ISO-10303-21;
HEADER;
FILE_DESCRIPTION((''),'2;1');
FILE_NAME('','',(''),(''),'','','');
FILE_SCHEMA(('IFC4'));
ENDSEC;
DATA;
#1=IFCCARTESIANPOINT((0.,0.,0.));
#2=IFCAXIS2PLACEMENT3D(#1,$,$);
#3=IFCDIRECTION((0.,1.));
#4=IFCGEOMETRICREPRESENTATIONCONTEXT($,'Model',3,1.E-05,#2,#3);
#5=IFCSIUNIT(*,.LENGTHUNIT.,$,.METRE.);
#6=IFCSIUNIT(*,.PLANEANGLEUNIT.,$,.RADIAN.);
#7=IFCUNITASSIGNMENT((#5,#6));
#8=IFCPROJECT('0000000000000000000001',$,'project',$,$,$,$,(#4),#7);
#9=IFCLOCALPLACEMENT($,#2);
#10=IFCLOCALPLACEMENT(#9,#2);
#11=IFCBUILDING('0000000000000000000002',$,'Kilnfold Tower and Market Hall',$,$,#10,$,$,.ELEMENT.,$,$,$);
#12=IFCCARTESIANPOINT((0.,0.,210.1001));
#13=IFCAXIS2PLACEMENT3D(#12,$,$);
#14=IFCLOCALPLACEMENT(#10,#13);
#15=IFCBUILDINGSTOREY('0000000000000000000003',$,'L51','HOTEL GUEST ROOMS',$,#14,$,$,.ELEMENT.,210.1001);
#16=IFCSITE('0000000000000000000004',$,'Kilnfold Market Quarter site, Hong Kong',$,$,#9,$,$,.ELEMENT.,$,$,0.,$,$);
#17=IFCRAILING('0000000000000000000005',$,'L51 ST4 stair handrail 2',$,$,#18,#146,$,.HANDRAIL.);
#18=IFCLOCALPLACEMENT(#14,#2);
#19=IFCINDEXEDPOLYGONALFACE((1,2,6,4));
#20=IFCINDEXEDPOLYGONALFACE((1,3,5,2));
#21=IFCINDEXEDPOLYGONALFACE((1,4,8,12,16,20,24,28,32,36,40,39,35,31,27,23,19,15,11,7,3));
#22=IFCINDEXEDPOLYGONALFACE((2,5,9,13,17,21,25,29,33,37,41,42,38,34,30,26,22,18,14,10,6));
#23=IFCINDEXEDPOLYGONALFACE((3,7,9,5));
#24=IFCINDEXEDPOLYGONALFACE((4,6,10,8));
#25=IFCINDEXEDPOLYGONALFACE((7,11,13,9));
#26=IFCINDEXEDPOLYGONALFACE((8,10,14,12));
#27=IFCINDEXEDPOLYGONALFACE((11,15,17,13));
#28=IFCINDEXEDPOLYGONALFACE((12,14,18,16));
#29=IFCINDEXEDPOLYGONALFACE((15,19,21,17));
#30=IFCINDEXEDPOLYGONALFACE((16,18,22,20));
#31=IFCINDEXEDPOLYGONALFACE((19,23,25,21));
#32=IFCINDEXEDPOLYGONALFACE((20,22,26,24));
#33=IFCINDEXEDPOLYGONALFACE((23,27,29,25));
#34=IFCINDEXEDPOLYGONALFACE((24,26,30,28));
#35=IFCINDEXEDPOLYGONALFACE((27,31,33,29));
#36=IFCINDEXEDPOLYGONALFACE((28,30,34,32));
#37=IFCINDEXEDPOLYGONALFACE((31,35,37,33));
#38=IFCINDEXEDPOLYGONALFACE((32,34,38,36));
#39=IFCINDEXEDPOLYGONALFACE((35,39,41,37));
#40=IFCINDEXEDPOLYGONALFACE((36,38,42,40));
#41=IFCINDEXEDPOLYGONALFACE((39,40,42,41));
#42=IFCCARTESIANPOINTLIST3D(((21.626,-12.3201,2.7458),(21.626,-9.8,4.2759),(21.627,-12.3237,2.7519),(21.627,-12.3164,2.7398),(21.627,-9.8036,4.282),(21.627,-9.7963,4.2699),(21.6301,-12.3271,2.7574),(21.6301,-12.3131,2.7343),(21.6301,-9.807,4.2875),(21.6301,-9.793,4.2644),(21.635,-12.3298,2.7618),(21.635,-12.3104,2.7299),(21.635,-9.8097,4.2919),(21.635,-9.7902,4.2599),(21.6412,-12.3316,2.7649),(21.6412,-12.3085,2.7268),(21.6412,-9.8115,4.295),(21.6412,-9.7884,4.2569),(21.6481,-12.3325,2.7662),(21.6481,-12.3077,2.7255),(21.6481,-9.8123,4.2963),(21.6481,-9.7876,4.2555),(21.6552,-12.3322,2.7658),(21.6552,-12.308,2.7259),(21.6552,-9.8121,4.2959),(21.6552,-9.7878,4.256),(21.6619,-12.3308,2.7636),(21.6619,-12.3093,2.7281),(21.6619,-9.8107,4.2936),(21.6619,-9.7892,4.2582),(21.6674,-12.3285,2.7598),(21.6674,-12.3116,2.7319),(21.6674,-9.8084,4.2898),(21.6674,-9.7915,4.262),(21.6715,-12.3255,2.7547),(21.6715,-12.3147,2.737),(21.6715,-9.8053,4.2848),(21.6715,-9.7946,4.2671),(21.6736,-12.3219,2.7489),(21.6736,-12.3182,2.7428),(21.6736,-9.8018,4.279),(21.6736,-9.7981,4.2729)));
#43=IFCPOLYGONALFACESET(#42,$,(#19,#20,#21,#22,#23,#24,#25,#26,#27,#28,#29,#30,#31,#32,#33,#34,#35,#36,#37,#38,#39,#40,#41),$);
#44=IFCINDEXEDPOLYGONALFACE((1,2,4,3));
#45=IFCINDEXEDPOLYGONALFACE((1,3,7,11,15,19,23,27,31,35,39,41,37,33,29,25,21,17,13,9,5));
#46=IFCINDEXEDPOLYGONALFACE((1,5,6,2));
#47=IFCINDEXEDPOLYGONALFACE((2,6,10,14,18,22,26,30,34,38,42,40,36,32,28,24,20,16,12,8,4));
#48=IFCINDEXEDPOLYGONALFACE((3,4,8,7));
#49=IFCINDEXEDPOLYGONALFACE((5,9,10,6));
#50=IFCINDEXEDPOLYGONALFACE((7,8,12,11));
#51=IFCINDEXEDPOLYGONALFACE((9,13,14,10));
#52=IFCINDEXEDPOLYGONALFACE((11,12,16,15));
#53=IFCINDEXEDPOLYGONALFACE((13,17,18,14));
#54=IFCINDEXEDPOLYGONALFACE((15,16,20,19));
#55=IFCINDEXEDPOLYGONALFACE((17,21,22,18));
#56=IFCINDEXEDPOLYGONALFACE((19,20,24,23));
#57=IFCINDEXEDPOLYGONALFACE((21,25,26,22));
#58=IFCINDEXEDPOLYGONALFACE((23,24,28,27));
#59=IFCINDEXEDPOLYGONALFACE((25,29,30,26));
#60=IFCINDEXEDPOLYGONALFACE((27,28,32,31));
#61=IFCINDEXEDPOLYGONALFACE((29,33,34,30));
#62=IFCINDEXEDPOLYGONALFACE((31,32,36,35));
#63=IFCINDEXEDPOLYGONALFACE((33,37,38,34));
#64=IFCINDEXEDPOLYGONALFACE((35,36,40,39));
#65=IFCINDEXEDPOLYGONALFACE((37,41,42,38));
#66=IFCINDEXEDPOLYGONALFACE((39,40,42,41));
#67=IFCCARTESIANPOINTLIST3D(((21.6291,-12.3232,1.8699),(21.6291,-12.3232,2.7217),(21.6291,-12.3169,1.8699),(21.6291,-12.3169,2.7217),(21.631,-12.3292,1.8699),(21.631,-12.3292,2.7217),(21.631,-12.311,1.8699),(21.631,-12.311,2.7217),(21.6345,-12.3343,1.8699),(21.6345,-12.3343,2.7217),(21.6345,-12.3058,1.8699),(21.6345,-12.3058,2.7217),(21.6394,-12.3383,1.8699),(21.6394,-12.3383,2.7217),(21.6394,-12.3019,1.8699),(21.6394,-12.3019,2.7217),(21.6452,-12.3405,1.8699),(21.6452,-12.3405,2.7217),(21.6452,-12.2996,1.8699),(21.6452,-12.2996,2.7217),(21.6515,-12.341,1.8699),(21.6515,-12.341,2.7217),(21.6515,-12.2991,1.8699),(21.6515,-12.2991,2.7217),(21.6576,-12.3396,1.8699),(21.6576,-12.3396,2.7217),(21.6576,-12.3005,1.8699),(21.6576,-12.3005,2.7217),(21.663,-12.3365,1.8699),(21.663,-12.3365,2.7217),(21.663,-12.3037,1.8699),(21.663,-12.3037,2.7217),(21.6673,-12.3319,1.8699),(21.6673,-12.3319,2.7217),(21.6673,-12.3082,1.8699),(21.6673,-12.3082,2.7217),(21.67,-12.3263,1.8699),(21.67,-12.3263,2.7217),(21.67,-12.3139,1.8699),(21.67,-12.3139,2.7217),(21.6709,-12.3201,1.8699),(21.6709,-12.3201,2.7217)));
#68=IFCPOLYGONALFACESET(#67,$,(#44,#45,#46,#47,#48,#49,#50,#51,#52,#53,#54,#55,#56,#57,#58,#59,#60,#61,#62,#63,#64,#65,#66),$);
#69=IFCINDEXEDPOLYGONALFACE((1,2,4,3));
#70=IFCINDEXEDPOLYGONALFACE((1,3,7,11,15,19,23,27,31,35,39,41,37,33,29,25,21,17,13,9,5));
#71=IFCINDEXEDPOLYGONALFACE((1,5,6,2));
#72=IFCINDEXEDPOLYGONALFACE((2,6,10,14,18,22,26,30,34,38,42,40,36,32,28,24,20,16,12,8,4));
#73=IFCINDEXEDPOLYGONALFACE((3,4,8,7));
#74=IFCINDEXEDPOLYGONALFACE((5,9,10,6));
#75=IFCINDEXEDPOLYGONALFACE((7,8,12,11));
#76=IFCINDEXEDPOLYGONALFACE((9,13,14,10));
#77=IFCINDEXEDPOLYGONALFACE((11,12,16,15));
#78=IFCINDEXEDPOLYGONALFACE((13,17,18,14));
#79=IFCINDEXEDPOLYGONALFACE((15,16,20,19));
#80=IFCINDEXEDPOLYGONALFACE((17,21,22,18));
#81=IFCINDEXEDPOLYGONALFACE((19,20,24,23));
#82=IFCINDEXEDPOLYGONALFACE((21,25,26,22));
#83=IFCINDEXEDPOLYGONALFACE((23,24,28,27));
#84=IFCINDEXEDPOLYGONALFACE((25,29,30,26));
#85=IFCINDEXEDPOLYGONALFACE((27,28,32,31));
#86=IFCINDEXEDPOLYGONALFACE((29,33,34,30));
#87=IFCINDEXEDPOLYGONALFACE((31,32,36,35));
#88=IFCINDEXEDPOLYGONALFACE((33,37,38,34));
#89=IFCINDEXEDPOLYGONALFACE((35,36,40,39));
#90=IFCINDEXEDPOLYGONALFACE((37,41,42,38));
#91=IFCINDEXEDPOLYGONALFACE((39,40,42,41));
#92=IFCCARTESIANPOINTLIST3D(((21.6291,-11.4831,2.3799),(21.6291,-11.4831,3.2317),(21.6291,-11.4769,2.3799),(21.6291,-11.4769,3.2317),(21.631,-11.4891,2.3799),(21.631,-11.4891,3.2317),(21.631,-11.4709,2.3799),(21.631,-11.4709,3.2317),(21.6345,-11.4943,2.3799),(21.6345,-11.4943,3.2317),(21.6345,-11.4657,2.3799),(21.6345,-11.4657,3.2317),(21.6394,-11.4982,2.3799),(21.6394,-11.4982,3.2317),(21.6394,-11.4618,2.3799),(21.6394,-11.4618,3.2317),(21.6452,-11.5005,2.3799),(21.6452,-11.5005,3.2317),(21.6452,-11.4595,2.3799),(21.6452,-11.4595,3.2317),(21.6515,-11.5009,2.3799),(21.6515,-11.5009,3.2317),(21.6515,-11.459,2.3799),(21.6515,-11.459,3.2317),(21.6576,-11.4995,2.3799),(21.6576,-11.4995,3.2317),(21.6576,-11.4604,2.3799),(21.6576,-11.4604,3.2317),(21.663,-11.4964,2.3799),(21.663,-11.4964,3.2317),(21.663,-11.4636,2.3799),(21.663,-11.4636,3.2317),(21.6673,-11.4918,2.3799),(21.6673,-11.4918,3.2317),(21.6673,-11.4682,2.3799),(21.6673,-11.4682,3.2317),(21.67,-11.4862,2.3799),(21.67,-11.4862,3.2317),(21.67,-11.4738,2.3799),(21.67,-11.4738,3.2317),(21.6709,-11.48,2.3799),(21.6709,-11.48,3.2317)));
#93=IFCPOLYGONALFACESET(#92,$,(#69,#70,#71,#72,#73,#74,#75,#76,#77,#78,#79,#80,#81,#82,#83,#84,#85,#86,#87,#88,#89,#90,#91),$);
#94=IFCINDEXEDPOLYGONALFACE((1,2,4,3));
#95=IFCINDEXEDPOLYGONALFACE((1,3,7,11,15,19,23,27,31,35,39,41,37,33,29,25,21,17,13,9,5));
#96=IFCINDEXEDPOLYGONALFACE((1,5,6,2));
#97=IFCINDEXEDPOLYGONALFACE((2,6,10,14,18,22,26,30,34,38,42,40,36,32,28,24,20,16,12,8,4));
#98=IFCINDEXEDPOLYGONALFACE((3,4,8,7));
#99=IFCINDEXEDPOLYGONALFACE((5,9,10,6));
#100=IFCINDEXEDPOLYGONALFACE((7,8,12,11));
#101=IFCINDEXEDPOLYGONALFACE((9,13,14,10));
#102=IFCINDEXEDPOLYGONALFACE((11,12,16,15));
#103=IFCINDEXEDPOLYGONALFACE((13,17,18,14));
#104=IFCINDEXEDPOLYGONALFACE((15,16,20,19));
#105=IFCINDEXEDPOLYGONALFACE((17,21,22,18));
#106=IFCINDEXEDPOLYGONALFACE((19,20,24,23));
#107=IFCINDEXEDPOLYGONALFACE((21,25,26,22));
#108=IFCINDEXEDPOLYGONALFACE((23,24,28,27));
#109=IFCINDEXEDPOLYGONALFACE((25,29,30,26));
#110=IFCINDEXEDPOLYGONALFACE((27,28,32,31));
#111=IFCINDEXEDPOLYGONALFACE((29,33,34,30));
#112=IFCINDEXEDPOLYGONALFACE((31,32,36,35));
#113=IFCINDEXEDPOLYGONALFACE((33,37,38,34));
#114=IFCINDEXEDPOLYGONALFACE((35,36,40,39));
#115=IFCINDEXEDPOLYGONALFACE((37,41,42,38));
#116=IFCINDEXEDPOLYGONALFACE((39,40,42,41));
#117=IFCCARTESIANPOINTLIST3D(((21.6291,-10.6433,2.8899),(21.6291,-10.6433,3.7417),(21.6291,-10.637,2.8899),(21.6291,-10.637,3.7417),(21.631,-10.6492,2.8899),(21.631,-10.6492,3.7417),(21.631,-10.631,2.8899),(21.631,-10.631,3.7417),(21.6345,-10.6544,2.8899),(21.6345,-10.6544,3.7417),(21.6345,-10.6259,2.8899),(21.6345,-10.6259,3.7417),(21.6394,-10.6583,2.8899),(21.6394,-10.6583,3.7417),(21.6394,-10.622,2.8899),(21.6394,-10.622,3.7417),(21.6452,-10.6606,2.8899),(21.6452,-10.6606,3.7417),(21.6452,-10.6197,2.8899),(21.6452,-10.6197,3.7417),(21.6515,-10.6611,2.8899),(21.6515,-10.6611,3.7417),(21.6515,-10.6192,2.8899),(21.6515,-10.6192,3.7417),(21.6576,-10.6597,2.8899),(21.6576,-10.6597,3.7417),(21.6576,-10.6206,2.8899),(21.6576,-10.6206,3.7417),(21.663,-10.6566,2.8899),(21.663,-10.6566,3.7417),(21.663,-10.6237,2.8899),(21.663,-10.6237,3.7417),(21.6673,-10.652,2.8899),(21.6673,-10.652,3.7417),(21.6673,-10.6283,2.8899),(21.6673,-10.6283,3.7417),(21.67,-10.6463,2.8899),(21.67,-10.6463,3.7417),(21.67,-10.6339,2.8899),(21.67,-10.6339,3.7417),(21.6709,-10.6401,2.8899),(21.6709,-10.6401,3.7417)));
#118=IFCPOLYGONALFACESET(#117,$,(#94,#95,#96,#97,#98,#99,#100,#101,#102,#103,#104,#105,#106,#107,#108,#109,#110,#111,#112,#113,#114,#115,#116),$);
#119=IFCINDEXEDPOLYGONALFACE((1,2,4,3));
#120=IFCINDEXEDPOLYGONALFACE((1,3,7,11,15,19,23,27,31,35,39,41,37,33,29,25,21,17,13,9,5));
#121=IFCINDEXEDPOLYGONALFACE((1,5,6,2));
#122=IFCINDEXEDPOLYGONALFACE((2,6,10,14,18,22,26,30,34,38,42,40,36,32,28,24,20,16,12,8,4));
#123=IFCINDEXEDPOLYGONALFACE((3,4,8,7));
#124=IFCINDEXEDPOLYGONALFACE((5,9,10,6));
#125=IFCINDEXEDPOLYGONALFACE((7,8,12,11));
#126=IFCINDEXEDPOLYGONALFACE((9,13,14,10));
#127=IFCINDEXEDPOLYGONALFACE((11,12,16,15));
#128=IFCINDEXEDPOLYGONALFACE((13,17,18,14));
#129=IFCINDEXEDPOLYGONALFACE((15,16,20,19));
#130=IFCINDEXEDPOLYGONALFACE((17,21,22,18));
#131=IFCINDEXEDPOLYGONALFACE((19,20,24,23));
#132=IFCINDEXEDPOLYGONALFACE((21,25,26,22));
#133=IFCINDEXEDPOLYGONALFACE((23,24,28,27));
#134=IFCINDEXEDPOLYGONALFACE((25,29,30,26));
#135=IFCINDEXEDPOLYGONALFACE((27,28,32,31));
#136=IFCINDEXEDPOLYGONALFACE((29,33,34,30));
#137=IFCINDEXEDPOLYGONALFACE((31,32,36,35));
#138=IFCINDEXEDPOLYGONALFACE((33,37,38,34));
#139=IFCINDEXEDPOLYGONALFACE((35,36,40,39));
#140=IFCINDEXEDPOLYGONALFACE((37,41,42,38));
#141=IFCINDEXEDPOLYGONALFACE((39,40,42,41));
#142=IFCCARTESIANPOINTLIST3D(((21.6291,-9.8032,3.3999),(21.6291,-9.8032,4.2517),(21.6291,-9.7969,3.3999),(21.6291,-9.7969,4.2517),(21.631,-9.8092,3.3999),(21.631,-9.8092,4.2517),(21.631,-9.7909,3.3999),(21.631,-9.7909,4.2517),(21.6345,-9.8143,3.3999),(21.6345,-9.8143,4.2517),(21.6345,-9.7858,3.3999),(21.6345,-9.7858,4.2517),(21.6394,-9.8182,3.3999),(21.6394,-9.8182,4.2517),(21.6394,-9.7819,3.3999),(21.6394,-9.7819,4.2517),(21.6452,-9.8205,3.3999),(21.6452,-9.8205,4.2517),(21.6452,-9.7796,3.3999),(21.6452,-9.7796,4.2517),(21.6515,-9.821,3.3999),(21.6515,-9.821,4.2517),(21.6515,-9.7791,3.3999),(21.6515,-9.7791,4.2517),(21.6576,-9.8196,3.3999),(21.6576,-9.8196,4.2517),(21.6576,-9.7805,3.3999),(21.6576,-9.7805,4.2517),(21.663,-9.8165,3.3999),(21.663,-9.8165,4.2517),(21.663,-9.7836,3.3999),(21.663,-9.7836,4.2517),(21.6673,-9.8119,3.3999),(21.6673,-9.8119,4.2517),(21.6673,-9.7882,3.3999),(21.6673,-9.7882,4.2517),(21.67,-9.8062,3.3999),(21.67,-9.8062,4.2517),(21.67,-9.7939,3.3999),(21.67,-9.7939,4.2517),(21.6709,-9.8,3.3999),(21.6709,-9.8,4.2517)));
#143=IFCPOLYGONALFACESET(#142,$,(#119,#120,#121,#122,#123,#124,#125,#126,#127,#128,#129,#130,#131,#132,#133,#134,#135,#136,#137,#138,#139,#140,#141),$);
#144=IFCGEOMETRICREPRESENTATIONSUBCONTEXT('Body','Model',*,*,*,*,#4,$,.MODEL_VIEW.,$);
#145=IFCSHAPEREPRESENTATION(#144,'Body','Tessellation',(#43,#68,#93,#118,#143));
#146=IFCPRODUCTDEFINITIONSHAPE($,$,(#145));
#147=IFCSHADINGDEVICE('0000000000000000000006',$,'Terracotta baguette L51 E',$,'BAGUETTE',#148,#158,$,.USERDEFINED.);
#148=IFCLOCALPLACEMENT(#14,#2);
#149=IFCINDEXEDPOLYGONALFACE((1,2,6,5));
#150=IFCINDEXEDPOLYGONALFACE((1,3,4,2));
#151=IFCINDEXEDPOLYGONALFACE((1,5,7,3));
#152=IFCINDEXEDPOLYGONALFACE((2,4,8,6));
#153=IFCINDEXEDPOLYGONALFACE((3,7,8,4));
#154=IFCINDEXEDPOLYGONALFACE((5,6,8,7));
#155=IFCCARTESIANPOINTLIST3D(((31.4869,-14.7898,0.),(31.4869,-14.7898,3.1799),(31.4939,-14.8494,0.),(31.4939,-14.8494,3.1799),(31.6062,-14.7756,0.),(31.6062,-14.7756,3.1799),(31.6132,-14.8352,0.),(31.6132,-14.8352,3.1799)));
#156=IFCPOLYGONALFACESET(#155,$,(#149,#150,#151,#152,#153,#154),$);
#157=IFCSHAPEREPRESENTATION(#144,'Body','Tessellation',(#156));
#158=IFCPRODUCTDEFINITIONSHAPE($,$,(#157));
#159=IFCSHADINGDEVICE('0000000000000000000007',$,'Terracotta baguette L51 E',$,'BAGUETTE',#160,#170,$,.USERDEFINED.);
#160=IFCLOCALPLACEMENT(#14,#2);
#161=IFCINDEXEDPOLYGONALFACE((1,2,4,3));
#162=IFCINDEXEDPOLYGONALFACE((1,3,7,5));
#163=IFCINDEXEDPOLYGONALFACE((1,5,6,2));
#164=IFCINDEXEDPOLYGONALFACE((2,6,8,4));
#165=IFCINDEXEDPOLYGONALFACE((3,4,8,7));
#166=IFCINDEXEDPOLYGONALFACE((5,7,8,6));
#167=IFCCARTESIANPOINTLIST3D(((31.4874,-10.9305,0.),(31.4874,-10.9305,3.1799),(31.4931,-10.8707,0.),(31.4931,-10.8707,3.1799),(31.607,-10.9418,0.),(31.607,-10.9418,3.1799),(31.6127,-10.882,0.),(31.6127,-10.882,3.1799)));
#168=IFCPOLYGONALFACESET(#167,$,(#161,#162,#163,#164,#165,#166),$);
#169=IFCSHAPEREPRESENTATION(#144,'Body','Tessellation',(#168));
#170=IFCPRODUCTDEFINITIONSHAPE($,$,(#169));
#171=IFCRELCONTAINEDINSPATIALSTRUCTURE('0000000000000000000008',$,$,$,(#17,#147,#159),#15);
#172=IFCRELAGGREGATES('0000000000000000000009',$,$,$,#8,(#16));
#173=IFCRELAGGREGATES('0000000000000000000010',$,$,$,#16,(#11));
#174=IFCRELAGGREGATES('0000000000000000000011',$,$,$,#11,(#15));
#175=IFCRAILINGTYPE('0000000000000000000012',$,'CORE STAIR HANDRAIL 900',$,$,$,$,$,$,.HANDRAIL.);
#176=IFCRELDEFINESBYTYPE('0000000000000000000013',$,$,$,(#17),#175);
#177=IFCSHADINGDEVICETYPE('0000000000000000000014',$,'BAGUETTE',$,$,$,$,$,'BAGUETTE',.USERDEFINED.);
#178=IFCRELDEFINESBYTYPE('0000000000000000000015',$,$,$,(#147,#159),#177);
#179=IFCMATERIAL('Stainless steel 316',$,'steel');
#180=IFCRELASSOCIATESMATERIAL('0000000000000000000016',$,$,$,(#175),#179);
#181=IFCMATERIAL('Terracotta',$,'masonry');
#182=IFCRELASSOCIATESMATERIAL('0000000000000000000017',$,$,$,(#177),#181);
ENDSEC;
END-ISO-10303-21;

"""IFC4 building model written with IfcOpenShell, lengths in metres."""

from ifc_helpers import new_model, si_unit, direction, frame, origin, origin_2d, place, context, subcontext, project, spatial, rectangle, circle, extrude, source, transform, mapped, material, material_profile, profile_set, type_object, element, save


model = new_model("IFC4")

# Units and contexts
model_context = context("Model", 3, precision=1e-05, world=origin(), true_north=direction((0.0, 1.0)))
body_context = subcontext(model_context, "Body", "Model", "MODEL_VIEW")
ifc_project = project(units=[si_unit("LENGTHUNIT", "METRE"), si_unit("PLANEANGLEUNIT", "RADIAN")], contexts=[model_context])

# Site, building, storey
site_placement = place(None, origin())
site = spatial("IfcSite", under=ifc_project, at=site_placement, Name="Kilnfold Market Quarter site, Hong Kong", CompositionType="ELEMENT", RefElevation=0.0)
building_placement = place(site_placement, origin())
building = spatial("IfcBuilding", under=site, at=building_placement, Name="Kilnfold Tower and Market Hall", CompositionType="ELEMENT")
storey_placement = place(building_placement, frame((0.0, 0.0, 210.1001)))
storey = spatial("IfcBuildingStorey", under=building, at=storey_placement, Name="L51", Description="HOTEL GUEST ROOMS", CompositionType="ELEMENT", Elevation=210.1001)

# Railing
ifc_material_1 = material(Name="Stainless steel 316", Category="steel")
railing_type = type_object("IfcRailingType", Name="CORE STAIR HANDRAIL 900", PredefinedType="HANDRAIL", material=ifc_material_1)
railing_placement = place(storey_placement, frame((21.6499, -12.3201, 1.8699)))
element("IfcRailing", 1, at=railing_placement, inside=storey, type_object=railing_type, Name="L51 ST4 stair handrail 2", PredefinedType="HANDRAIL", context=body_context, shape_type="SweptSolid", body=[
    extrude(circle(Radius=0.0239, at=origin_2d()), frame((0.0, 0.0, 0.876), z_axis=(0.0, 0.854785, 0.518982), x_axis=(-1.0, 0.0, 0.0)), (0.0, 0.0, 1.0), 2.9482),
    extrude(circle(Radius=0.021, at=origin_2d()), origin(), (0.0, 0.0, 1.0), 0.8518),
    extrude(circle(Radius=0.021, at=origin_2d()), frame((0.0, 0.8401, 0.51)), (0.0, 0.0, 1.0), 0.8518),
    extrude(circle(Radius=0.021, at=origin_2d()), frame((0.0, 1.6799, 1.02)), (0.0, 0.0, 1.0), 0.8518),
    extrude(circle(Radius=0.021, at=origin_2d()), frame((0.0, 2.52, 1.53)), (0.0, 0.0, 1.0), 0.8518),
])

# Shading devices
ifc_material_2 = material(Name="Terracotta", Category="masonry")
ifc_material_profile_1 = material_profile(ifc_material_2, rectangle(XDim=0.0601, YDim=0.1201, at=origin_2d()), Name="BAG 60x120")
ifc_profile_set_1 = profile_set([ifc_material_profile_1], Name="Terracotta")
shading_device_type = type_object("IfcShadingDeviceType", Name="BAGUETTE", ElementType="BAGUETTE", PredefinedType="USERDEFINED", material=ifc_profile_set_1)
shared_shape_1 = source(origin(), body_context, "Body", "SweptSolid", [
    extrude(rectangle(XDim=0.0601, YDim=0.1201, at=origin_2d()), origin(), (0.0, 0.0, 1.0), 3.1799),
])
for number, where, z_axis, x_axis, name in (
    (2, (31.55, -14.8125, 0.0), (0.0, 0.0, 1.0), (-0.117842, 0.993032, 0.0), "Terracotta baguette L51 E"),
    (3, (31.55, -10.9062, 0.0), (0.0, 0.0, 1.0), (0.094501, 0.995525, 0.0), "Terracotta baguette L51 E"),
):
    element("IfcShadingDevice", number, at=place(storey_placement, frame(where, z_axis=z_axis, x_axis=x_axis)), inside=storey, type_object=shading_device_type, Name=name, ObjectType="BAGUETTE", PredefinedType="USERDEFINED", context=body_context, shape_type="MappedRepresentation", body=[
        mapped(shared_shape_1, transform((0.0, 0.0, 0.0))),
    ])

save(model, "model.ifc")
